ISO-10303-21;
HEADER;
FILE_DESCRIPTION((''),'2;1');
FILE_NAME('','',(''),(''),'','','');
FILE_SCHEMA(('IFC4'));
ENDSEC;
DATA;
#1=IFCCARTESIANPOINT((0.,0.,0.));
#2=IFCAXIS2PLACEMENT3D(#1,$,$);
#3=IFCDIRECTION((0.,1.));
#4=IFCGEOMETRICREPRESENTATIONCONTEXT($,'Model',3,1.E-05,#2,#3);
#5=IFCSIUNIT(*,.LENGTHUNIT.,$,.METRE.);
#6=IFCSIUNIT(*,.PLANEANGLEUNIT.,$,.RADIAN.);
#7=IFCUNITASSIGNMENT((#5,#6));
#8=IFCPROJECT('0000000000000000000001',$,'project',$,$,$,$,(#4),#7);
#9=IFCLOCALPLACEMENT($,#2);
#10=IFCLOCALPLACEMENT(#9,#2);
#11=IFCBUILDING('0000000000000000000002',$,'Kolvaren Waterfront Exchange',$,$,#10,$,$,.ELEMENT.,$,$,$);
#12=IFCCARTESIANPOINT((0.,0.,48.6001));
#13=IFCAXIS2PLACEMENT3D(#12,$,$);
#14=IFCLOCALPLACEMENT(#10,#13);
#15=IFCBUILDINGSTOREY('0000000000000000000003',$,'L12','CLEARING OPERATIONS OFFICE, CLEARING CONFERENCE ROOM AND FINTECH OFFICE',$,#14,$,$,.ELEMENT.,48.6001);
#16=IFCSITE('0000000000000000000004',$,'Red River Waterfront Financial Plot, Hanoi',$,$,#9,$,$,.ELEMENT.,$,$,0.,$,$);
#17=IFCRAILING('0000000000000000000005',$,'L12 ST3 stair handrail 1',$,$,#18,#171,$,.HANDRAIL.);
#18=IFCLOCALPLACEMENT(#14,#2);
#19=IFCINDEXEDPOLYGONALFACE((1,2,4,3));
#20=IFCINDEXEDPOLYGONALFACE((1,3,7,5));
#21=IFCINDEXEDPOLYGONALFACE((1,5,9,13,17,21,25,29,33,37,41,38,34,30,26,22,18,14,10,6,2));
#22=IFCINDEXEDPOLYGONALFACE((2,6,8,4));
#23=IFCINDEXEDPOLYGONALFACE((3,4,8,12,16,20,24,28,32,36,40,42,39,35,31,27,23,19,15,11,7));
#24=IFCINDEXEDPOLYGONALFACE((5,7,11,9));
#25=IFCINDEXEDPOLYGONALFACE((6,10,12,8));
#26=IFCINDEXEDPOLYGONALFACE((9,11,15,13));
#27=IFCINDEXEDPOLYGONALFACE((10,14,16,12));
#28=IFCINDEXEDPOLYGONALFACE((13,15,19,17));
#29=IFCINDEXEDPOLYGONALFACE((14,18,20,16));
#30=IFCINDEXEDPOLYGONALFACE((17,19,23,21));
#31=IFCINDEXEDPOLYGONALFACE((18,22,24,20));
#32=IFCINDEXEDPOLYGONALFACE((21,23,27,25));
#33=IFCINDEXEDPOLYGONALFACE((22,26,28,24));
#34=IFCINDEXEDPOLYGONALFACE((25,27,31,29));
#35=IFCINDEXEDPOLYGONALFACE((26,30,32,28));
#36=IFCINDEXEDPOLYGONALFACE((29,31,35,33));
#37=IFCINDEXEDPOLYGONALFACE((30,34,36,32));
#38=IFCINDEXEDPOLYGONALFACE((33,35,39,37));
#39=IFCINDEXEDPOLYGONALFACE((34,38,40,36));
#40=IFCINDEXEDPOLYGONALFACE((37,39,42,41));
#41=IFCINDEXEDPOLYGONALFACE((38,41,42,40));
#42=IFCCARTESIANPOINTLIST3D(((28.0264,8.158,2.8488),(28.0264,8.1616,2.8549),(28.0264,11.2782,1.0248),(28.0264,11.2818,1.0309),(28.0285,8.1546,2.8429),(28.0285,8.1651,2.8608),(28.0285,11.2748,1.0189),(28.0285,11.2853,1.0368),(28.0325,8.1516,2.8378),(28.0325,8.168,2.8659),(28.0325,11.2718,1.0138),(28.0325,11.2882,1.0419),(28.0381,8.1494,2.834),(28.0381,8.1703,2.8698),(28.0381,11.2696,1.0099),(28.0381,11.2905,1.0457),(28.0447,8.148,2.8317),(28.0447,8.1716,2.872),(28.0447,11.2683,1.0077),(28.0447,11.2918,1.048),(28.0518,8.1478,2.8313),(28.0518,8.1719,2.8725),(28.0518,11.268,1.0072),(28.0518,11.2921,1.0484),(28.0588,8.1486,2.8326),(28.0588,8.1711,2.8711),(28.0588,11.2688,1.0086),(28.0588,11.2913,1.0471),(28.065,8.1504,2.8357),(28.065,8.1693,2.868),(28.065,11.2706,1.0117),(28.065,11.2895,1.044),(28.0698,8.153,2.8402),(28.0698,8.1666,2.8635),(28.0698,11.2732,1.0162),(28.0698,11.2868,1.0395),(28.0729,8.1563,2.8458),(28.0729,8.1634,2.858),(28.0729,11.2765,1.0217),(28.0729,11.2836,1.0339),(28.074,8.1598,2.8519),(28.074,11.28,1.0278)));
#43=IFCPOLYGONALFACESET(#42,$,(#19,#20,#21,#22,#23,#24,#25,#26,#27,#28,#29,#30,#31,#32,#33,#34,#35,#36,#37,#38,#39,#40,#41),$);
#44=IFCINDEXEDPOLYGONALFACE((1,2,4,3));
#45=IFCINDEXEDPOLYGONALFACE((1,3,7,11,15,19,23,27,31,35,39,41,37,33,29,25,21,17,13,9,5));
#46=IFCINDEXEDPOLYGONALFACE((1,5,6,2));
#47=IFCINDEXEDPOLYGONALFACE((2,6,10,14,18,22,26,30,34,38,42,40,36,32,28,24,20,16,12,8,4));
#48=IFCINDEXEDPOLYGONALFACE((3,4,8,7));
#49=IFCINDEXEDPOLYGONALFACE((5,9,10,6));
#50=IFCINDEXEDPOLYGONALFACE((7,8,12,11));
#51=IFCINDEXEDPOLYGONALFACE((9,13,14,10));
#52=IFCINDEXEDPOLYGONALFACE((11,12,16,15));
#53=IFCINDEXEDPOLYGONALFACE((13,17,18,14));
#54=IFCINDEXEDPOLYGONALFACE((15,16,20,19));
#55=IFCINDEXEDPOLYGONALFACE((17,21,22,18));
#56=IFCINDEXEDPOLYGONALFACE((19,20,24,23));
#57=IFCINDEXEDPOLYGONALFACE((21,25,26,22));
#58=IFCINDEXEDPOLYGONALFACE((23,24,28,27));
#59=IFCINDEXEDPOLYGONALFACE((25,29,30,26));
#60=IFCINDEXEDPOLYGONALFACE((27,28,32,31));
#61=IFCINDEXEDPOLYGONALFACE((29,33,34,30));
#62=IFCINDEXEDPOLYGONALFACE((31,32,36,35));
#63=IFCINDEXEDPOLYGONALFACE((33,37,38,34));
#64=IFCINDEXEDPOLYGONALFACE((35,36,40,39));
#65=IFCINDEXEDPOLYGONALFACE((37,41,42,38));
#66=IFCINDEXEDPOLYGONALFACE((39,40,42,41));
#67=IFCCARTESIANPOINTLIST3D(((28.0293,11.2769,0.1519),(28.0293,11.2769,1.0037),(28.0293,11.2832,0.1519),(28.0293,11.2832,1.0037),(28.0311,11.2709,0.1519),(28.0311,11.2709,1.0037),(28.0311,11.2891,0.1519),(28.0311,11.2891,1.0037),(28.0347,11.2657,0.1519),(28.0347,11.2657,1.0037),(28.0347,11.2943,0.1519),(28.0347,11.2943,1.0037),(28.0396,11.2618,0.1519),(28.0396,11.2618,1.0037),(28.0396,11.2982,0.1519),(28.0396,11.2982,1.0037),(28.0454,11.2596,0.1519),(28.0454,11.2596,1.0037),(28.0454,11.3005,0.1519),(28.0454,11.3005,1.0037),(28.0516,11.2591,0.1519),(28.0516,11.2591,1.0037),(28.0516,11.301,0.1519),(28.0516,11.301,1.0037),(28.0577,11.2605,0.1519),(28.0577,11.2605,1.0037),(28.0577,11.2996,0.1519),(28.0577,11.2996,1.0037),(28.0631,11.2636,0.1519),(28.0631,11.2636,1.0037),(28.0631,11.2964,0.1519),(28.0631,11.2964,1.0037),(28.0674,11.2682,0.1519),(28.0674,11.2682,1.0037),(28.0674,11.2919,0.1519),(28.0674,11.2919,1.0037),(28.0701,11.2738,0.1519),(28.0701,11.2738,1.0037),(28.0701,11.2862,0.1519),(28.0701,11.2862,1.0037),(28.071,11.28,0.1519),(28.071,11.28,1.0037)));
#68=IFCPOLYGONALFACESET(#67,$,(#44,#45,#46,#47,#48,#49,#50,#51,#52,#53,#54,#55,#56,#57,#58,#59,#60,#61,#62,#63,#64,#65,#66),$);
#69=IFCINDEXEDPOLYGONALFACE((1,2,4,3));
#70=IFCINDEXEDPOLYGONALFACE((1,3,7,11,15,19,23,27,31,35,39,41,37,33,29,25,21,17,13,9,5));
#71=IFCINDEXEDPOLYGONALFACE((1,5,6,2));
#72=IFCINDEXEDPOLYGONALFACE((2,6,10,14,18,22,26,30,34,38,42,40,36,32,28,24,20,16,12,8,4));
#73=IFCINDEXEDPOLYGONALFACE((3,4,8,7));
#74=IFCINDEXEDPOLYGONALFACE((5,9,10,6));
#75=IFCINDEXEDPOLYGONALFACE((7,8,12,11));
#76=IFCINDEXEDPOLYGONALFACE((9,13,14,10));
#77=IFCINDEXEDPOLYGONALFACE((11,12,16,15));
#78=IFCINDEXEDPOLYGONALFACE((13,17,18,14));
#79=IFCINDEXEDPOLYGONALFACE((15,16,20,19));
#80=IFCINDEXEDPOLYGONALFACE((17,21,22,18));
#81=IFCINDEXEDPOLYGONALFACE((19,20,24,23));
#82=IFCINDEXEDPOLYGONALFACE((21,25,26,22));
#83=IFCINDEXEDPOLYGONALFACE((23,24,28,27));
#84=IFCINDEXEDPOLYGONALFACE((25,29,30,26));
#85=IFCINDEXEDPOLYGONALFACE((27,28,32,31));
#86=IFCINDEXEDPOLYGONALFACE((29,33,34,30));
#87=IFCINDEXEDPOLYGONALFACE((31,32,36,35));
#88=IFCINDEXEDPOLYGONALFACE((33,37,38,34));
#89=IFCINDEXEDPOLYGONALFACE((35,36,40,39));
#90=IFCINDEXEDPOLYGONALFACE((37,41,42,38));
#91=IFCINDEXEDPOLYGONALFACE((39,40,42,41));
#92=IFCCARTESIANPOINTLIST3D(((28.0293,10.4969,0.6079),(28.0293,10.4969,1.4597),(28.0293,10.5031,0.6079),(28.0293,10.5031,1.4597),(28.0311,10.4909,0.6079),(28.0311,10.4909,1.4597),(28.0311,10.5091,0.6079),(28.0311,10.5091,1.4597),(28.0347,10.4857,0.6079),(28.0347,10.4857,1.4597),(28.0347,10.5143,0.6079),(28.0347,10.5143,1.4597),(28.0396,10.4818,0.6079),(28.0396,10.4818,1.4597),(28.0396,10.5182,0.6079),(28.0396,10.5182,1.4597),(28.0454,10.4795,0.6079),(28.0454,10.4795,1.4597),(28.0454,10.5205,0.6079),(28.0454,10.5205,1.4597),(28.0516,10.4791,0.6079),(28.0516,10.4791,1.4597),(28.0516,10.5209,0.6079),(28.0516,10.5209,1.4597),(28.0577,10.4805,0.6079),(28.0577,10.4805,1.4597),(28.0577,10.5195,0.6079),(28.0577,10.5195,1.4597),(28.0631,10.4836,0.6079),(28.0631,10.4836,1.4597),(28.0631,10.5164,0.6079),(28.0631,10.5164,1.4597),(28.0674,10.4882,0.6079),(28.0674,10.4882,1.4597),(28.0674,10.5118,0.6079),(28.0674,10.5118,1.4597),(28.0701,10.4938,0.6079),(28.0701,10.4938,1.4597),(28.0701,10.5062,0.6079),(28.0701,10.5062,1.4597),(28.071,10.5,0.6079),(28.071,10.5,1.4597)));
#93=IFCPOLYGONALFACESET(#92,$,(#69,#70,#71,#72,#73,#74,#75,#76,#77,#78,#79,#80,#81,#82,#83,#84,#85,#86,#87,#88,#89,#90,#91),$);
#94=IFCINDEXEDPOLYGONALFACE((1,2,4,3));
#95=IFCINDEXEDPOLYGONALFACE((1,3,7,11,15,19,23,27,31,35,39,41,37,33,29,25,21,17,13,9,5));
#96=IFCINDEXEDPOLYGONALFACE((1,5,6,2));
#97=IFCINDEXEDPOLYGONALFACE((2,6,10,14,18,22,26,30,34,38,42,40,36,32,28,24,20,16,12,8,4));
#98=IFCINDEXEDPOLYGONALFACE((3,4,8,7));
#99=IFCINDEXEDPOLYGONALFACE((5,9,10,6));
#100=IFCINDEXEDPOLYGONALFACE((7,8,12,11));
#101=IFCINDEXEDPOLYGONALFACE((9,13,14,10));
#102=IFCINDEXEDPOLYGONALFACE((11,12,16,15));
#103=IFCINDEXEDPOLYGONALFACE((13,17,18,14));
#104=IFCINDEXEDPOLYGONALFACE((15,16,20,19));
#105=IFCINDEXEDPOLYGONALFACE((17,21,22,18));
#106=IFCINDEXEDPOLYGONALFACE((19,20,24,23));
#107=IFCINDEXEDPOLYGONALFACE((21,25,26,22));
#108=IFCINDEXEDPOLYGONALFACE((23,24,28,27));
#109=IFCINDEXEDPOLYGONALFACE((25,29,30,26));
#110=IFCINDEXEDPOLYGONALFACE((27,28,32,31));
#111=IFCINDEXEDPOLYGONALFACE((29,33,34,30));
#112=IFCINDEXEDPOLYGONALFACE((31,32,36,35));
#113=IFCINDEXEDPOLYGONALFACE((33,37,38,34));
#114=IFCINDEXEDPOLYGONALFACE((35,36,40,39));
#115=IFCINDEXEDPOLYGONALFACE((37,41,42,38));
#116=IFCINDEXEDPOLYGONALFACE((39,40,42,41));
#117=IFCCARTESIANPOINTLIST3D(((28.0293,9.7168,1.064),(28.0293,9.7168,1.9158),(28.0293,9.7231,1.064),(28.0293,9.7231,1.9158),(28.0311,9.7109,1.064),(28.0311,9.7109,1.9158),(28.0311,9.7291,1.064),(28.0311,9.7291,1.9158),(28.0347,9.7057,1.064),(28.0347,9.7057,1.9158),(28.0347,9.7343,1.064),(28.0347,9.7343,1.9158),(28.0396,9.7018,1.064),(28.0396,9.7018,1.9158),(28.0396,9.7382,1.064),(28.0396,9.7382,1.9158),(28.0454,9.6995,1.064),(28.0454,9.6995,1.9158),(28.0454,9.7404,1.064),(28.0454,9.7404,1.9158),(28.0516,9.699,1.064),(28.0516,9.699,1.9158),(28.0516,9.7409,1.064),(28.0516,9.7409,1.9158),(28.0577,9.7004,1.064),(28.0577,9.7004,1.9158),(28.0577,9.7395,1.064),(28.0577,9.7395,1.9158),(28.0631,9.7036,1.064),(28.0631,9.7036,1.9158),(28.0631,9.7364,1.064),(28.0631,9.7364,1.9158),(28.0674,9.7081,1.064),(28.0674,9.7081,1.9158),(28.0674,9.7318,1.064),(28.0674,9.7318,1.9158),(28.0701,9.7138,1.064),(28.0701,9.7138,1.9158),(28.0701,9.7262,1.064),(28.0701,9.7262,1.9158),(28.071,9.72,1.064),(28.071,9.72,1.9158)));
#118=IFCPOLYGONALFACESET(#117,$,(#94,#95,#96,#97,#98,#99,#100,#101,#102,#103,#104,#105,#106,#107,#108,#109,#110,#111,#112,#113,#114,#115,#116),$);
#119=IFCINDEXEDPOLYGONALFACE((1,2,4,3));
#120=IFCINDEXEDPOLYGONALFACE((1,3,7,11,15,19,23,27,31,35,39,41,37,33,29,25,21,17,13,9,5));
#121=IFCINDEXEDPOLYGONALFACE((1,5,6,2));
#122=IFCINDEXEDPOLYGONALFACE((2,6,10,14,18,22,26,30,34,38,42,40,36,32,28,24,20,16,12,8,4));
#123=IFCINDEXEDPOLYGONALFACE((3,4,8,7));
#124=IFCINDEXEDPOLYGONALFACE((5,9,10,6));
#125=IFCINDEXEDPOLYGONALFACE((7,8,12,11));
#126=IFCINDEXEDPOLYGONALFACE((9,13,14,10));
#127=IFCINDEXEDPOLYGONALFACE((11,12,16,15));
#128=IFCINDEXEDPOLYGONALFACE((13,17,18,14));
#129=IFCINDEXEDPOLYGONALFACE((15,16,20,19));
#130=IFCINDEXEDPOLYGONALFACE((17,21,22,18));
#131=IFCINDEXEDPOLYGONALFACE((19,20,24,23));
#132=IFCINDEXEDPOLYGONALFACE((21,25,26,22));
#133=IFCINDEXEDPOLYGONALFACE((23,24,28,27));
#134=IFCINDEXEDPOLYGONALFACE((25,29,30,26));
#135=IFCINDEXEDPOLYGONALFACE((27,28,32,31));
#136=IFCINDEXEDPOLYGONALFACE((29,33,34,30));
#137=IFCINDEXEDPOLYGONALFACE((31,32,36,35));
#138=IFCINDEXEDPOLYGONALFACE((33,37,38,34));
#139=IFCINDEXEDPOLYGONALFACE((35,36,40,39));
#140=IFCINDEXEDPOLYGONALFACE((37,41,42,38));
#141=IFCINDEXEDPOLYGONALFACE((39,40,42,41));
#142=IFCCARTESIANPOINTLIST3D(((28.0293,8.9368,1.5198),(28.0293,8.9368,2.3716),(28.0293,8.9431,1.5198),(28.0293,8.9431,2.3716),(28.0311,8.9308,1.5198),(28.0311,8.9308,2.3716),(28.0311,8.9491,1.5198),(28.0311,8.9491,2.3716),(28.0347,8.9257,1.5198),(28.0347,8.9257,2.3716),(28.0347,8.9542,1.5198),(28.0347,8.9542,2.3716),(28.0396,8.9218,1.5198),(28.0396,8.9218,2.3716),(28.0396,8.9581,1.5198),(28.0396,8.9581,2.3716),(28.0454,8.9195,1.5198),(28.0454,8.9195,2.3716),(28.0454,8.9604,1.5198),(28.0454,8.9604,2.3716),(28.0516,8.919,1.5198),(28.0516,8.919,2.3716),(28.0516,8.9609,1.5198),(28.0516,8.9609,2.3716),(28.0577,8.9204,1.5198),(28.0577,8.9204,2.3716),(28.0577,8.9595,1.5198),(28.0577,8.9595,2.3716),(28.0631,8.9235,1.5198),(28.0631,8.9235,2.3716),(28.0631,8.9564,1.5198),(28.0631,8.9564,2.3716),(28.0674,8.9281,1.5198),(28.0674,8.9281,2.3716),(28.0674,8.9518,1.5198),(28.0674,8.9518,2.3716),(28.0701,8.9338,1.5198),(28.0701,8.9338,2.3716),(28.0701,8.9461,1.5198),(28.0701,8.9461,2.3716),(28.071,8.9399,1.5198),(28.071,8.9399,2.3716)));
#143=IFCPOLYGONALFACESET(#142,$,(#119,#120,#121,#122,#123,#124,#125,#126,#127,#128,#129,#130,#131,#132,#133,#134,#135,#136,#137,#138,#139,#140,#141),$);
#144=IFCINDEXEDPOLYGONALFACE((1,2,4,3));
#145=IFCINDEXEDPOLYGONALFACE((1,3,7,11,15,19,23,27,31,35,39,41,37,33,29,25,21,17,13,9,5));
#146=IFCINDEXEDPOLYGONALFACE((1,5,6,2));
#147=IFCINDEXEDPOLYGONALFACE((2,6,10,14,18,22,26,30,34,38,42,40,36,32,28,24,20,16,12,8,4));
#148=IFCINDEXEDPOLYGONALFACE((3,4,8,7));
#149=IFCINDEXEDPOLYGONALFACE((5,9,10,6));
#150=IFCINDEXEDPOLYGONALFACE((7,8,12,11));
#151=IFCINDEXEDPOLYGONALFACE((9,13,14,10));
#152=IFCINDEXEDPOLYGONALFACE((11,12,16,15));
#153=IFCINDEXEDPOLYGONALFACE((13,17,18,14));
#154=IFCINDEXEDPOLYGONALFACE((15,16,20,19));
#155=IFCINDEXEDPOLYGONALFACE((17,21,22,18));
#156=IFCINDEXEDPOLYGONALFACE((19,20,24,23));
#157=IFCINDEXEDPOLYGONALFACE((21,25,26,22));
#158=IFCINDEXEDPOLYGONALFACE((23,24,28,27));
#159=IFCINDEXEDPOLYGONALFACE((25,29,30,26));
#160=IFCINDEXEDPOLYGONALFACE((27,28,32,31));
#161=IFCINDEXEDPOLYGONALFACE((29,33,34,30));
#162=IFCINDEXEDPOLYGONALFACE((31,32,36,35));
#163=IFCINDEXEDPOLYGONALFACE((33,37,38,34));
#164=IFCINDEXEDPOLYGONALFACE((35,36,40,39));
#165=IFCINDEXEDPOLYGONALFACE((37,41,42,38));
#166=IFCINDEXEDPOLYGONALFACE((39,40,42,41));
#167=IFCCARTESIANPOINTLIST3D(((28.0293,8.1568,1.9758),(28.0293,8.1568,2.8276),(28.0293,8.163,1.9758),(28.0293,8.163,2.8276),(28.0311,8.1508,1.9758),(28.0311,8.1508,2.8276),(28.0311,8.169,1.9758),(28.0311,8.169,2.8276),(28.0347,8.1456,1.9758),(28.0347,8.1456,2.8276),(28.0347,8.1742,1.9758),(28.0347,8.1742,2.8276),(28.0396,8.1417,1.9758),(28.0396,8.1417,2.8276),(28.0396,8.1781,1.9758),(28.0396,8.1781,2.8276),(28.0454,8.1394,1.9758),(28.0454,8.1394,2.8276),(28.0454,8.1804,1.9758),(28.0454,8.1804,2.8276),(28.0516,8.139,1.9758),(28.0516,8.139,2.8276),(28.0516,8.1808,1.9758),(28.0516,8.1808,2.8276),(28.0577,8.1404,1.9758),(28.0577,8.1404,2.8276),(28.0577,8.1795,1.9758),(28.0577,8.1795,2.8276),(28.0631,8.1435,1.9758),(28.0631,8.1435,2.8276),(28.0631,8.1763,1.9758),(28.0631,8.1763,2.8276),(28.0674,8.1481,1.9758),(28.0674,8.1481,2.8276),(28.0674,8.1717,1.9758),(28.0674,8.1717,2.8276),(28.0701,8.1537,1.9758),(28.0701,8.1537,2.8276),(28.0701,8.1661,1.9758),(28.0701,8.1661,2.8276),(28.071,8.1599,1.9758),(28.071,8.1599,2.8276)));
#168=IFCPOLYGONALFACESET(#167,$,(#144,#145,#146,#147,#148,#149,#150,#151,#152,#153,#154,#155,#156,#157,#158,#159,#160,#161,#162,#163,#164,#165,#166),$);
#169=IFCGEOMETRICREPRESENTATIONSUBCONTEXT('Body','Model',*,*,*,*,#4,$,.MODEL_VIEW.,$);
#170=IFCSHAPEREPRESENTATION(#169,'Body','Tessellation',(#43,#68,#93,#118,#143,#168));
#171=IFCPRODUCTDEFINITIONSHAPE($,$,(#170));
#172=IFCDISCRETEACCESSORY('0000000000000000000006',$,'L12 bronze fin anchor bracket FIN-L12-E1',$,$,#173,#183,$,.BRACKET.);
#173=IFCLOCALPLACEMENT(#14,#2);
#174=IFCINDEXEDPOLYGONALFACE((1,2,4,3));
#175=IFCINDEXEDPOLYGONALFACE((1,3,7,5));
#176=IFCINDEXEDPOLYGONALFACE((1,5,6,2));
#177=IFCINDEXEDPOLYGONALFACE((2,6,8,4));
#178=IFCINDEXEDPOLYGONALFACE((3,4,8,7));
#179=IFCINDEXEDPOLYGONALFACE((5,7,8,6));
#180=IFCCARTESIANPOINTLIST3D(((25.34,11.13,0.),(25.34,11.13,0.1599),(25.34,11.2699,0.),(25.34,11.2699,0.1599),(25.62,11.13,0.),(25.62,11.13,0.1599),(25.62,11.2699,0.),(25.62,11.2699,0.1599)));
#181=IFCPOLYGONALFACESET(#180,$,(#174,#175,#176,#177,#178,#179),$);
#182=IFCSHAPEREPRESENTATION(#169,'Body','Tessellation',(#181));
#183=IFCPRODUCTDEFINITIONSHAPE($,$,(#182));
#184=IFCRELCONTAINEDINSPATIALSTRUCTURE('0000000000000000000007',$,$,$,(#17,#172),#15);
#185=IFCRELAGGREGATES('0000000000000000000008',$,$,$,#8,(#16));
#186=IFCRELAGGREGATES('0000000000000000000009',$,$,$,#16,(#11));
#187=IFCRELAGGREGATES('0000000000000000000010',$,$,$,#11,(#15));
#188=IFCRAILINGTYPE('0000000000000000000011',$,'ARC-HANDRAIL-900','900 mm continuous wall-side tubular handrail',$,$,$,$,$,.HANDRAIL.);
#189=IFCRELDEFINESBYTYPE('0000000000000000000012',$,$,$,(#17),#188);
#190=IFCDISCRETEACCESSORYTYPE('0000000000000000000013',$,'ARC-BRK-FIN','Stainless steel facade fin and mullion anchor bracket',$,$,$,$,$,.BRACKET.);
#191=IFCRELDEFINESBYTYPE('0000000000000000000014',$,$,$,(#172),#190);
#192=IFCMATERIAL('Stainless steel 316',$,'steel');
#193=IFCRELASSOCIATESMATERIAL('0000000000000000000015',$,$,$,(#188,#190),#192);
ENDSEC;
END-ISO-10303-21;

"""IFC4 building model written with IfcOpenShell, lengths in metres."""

from ifc_helpers import new_model, si_unit, direction, frame, origin, origin_with_axes, origin_2d, place, context, subcontext, project, spatial, rectangle, circle, extrude, source, transform, mapped, material, type_object, element, save


model = new_model("IFC4")

# Units and contexts
model_context = context("Model", 3, precision=1e-05, world=origin(), true_north=direction((0.0, 1.0)))
body_context = subcontext(model_context, "Body", "Model", "MODEL_VIEW")
ifc_project = project(units=[si_unit("LENGTHUNIT", "METRE"), si_unit("PLANEANGLEUNIT", "RADIAN")], contexts=[model_context])

# Site, building, storey
site_placement = place(None, origin())
site = spatial("IfcSite", under=ifc_project, at=site_placement, Name="Red River Waterfront Financial Plot, Hanoi", CompositionType="ELEMENT", RefElevation=0.0)
building_placement = place(site_placement, origin())
building = spatial("IfcBuilding", under=site, at=building_placement, Name="Kolvaren Waterfront Exchange", CompositionType="ELEMENT")
storey_placement = place(building_placement, frame((0.0, 0.0, 48.6001)))
storey = spatial("IfcBuildingStorey", under=building, at=storey_placement, Name="L12", Description="CLEARING OPERATIONS OFFICE, CLEARING CONFERENCE ROOM AND FINTECH OFFICE", CompositionType="ELEMENT", Elevation=48.6001)

# Railing
ifc_material_1 = material(Name="Stainless steel 316", Category="steel")
railing_type = type_object("IfcRailingType", Name="ARC-HANDRAIL-900", Description="900 mm continuous wall-side tubular handrail", PredefinedType="HANDRAIL", material=ifc_material_1)
railing_1_placement = place(storey_placement, frame((28.05, 11.28, 0.1519)))
element("IfcRailing", 1, at=railing_1_placement, inside=storey, type_object=railing_type, Name="L12 ST3 stair handrail 1", PredefinedType="HANDRAIL", context=body_context, shape_type="SweptSolid", body=[
    extrude(circle(Radius=0.0239, at=origin_2d()), frame((0.0, 0.0, 0.876), z_axis=(0.0, -0.863308, 0.504677), x_axis=(1.0, 0.0, 0.0)), (0.0, 0.0, 1.0), 3.6143),
    extrude(circle(Radius=0.021, at=origin_2d()), origin(), (0.0, 0.0, 1.0), 0.8518),
    extrude(circle(Radius=0.021, at=origin_2d()), frame((0.0, -0.78, 0.4561)), (0.0, 0.0, 1.0), 0.8518),
    extrude(circle(Radius=0.021, at=origin_2d()), frame((0.0, -1.5601, 0.9121)), (0.0, 0.0, 1.0), 0.8518),
    extrude(circle(Radius=0.021, at=origin_2d()), frame((0.0, -2.3401, 1.3679)), (0.0, 0.0, 1.0), 0.8518),
    extrude(circle(Radius=0.021, at=origin_2d()), frame((0.0, -3.1201, 1.824)), (0.0, 0.0, 1.0), 0.8518),
])

# Discrete accessory
discrete_accessory_type = type_object("IfcDiscreteAccessoryType", Name="ARC-BRK-FIN", Description="Stainless steel facade fin and mullion anchor bracket", PredefinedType="BRACKET", material=ifc_material_1)
shared_shape_1 = source(origin_with_axes(), body_context, "Body", "SweptSolid", [
    extrude(rectangle(XDim=0.28, YDim=0.1399, at=origin_2d()), origin(), (0.0, 0.0, 1.0), 0.1599),
])
discrete_accessory_placement = place(storey_placement, frame((25.48, 11.2, 0.0), z_axis=(0.0, 0.0, 1.0), x_axis=(1.0, 0.0, 0.0)))
element("IfcDiscreteAccessory", 2, at=discrete_accessory_placement, inside=storey, type_object=discrete_accessory_type, Name="L12 bronze fin anchor bracket FIN-L12-E1", PredefinedType="BRACKET", context=body_context, shape_type="MappedRepresentation", body=[
    mapped(shared_shape_1, transform((0.0, 0.0, 0.0), x_axis=(1.0, 0.0, 0.0), y_axis=(0.0, 1.0, 0.0), z_axis=(0.0, 0.0, 1.0), scale=1.0)),
])

save(model, "model.ifc")
